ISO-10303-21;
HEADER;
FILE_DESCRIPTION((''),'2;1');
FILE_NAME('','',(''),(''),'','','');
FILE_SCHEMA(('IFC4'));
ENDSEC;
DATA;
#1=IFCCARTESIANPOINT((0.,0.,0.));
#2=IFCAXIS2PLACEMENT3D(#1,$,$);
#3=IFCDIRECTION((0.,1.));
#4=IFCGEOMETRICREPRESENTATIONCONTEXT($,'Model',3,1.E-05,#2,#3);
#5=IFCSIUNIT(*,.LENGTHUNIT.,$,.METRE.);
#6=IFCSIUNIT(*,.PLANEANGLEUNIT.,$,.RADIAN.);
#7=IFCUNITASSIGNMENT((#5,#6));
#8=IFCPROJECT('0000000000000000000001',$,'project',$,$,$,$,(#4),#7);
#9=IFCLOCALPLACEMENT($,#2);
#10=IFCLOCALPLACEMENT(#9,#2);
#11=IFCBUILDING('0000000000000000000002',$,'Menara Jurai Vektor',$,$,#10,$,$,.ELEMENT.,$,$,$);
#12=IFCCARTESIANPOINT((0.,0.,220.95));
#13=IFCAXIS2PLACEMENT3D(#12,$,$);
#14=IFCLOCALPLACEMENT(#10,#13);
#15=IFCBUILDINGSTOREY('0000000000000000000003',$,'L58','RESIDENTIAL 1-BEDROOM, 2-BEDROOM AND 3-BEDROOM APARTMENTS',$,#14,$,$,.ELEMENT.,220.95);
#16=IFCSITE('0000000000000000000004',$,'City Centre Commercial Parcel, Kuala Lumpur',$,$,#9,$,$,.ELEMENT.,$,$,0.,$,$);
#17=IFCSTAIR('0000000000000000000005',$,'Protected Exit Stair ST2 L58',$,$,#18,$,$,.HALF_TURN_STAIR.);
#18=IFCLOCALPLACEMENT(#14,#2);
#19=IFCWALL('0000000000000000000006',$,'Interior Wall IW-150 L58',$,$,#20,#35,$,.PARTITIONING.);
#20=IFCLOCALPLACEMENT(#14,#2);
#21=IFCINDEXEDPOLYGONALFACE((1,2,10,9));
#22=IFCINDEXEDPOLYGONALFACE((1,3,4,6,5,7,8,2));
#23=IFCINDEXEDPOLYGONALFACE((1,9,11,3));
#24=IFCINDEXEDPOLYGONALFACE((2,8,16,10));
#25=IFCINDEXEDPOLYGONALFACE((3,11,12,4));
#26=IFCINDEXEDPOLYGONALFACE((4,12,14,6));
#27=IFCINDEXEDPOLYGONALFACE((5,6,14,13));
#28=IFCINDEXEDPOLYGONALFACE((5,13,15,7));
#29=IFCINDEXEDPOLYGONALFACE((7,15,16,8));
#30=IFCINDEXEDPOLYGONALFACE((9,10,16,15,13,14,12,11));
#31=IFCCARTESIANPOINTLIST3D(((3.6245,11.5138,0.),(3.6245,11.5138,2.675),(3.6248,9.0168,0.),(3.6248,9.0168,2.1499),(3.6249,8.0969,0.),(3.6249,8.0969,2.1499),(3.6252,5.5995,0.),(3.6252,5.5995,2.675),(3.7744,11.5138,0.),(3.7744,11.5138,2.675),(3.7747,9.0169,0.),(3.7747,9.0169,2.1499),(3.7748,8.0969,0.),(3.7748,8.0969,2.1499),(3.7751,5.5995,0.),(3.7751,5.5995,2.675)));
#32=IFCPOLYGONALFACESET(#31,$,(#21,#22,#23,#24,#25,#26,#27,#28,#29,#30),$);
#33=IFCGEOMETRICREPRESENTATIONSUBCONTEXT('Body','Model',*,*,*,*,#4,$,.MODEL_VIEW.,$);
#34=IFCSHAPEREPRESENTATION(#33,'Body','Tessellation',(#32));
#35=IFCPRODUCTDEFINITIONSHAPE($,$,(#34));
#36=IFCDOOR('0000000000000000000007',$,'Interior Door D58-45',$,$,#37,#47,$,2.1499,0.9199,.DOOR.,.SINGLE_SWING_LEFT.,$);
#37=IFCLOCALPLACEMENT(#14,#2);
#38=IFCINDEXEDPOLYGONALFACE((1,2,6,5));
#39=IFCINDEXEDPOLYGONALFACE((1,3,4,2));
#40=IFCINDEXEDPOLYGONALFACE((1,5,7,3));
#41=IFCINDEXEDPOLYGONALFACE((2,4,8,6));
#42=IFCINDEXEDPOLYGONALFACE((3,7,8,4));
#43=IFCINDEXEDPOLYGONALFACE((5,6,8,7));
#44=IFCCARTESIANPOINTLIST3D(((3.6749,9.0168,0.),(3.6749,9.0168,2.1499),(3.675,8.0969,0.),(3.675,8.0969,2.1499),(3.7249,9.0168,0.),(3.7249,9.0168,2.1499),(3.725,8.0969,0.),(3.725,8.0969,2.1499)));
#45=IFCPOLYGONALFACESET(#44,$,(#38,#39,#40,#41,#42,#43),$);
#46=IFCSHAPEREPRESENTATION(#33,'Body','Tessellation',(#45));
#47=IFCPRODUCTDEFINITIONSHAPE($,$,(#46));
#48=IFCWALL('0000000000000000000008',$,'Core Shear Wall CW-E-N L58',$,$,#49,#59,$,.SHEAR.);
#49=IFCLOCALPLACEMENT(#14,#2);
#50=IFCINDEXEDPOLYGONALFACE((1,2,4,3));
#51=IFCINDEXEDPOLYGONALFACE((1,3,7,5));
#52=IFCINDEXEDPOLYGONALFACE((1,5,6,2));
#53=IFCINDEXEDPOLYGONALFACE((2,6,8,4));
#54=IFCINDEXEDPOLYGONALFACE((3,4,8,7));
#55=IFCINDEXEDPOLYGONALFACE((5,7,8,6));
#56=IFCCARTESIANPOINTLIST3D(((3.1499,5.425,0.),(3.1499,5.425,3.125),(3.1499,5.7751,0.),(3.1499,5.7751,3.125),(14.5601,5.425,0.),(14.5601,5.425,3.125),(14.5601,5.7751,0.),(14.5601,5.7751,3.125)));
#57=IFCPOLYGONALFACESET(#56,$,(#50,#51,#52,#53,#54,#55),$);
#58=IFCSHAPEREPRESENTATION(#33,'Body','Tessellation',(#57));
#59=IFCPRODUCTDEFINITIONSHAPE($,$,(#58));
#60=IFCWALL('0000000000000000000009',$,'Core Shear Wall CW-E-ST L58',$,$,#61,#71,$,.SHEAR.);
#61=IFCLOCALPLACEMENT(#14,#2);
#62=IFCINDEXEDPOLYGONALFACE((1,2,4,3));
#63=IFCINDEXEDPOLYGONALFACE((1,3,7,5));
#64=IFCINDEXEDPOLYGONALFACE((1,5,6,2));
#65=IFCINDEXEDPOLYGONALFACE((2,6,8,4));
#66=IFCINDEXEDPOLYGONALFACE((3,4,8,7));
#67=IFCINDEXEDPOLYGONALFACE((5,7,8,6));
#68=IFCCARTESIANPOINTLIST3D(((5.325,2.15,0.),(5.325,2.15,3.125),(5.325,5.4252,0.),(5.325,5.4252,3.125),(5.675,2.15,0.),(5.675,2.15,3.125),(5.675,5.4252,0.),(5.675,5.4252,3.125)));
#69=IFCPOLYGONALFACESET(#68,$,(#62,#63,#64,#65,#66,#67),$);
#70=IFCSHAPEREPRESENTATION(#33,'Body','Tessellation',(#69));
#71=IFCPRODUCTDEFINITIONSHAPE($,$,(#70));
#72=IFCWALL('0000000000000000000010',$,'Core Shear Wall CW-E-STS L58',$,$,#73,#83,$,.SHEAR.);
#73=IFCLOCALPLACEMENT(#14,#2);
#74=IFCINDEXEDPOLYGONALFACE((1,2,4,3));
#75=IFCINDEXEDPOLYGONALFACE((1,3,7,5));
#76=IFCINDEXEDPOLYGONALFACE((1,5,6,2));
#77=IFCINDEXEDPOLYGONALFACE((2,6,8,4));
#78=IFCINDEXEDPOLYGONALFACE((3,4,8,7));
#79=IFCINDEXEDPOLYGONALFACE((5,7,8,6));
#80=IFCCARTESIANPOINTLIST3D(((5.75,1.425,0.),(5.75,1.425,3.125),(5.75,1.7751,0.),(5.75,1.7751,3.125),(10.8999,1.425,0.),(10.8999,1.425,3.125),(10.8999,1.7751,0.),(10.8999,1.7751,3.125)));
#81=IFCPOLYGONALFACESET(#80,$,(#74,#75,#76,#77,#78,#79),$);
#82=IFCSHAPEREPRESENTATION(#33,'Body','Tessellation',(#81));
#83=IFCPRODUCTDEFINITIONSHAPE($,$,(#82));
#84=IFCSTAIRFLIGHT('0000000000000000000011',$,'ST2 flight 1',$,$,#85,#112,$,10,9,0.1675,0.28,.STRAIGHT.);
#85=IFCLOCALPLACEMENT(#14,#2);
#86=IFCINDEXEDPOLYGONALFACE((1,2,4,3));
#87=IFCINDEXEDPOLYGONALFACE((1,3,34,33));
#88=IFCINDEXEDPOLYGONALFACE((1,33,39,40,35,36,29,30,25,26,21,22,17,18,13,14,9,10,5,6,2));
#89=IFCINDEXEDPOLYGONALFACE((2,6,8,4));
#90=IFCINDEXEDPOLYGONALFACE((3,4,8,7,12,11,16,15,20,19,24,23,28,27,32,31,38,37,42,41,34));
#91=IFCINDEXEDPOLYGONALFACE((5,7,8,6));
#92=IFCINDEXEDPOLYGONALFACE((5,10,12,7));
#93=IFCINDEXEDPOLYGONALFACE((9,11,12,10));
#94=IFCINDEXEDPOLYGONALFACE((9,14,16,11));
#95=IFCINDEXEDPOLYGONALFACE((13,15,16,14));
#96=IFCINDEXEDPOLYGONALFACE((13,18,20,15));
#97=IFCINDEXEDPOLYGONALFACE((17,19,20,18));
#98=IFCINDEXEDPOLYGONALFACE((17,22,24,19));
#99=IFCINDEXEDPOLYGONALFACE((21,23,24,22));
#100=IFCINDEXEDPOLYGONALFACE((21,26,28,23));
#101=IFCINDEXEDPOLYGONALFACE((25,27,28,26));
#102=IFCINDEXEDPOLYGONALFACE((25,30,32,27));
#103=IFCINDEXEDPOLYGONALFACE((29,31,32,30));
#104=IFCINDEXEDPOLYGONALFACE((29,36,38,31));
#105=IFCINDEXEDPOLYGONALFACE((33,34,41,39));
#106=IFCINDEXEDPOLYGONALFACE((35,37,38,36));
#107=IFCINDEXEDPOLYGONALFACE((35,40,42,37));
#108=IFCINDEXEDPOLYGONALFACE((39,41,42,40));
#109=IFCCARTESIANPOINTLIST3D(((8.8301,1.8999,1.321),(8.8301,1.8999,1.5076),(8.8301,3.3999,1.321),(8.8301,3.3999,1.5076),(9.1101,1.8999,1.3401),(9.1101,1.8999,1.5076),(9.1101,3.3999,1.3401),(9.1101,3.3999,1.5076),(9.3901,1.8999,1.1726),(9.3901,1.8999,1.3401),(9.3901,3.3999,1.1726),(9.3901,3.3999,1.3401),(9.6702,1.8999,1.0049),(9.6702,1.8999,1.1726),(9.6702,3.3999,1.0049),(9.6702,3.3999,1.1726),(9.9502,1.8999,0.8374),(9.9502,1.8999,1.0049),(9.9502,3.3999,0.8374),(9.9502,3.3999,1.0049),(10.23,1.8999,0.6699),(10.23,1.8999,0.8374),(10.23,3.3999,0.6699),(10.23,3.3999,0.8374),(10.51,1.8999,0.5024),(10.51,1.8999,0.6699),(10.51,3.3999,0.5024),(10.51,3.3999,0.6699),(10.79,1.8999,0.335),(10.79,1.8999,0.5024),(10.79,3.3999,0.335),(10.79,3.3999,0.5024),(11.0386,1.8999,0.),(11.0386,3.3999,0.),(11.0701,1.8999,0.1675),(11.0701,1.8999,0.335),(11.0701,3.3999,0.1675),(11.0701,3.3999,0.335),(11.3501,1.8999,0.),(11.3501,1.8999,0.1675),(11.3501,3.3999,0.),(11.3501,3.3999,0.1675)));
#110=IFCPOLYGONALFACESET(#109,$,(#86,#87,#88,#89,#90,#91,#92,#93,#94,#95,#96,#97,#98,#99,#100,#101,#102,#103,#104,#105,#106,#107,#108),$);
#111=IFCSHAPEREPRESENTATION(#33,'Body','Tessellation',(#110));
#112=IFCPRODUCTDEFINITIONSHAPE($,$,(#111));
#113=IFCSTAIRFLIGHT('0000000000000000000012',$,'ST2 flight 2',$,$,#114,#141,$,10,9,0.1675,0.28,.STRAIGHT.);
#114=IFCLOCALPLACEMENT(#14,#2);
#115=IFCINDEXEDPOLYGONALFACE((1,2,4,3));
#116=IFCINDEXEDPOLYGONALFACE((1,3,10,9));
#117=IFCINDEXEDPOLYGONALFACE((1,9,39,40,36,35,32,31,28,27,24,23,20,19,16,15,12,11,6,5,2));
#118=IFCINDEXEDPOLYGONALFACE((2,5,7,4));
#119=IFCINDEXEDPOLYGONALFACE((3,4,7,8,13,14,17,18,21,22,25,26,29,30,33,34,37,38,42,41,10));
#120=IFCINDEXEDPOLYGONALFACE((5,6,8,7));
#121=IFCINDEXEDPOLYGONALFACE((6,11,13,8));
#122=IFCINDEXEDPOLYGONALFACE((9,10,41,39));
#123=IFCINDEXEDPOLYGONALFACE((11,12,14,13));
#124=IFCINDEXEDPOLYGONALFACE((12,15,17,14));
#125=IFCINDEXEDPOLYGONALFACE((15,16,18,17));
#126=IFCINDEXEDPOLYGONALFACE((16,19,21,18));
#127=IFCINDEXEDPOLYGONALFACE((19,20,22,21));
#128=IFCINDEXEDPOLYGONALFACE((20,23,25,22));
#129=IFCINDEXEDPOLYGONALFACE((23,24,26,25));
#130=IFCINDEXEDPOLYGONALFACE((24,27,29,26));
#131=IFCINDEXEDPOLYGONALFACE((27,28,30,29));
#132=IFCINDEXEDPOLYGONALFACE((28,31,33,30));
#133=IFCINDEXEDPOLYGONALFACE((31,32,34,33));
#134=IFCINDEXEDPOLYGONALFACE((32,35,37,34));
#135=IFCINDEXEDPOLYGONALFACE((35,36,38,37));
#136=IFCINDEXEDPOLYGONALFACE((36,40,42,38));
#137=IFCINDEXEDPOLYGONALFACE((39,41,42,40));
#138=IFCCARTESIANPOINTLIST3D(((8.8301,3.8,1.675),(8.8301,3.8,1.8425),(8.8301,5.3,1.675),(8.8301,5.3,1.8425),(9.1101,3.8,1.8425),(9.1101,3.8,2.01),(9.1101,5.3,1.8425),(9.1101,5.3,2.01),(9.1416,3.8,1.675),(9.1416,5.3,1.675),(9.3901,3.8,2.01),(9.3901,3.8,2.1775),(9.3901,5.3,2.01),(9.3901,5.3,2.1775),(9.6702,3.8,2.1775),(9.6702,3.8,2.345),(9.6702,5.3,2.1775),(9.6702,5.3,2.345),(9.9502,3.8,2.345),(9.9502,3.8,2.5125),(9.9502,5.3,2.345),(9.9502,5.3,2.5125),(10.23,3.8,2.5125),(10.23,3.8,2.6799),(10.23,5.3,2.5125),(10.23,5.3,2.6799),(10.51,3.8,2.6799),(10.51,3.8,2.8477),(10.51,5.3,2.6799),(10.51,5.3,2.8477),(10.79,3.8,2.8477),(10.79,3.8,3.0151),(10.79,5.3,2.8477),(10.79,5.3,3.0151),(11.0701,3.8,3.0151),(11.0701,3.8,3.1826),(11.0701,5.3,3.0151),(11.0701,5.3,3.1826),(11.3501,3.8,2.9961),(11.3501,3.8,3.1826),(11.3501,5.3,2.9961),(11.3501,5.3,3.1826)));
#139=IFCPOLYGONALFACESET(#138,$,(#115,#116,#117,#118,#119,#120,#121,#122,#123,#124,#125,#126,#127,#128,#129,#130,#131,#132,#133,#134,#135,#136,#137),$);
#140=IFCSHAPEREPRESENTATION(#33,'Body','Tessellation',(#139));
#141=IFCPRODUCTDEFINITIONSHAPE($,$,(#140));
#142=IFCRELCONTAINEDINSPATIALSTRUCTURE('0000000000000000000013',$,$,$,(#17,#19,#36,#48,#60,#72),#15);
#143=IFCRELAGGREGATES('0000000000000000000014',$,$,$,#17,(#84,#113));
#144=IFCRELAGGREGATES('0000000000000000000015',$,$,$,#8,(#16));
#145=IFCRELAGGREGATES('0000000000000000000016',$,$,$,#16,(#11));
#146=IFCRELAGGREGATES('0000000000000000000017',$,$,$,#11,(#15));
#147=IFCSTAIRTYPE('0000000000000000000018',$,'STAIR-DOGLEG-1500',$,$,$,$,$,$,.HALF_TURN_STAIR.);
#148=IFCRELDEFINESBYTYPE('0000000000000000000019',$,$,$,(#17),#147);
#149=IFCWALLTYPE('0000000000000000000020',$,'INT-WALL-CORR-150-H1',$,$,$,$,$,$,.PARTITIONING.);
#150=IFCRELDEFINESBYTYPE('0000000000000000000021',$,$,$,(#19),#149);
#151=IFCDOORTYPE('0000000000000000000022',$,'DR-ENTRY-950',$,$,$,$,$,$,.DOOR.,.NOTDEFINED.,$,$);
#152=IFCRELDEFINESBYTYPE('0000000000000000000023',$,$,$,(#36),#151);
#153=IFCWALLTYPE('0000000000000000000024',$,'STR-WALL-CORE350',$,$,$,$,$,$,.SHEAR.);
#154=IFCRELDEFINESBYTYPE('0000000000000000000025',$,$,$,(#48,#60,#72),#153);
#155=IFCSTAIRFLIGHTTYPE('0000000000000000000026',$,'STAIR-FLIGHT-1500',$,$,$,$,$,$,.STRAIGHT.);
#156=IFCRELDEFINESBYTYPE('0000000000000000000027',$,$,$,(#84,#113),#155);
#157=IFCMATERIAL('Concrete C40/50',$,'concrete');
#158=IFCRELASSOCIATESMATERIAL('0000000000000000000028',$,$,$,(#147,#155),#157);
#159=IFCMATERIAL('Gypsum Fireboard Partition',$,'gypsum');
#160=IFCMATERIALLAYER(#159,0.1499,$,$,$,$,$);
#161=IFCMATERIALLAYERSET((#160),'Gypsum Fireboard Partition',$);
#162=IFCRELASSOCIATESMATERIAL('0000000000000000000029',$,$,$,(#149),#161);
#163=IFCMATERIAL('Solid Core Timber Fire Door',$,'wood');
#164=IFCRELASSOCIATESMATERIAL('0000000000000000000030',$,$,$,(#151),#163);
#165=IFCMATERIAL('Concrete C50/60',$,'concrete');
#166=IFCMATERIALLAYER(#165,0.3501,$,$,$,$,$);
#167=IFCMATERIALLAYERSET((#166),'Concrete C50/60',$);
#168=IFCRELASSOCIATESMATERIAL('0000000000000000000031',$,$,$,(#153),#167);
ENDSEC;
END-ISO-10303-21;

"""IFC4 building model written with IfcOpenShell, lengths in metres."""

from ifc_helpers import new_model, si_unit, direction, frame, frame_2d, origin, place, context, subcontext, project, spatial, polyline, rectangle, outline, extrude, material, layer, layer_set, type_object, element, fill, aggregate, save


model = new_model("IFC4")

# Units and contexts
model_context = context("Model", 3, precision=1e-05, world=origin(), true_north=direction((0.0, 1.0)))
body_context = subcontext(model_context, "Body", "Model", "MODEL_VIEW")
ifc_project = project(units=[si_unit("LENGTHUNIT", "METRE"), si_unit("PLANEANGLEUNIT", "RADIAN")], contexts=[model_context])

# Site, building, storey
site_placement = place(None, origin())
site = spatial("IfcSite", under=ifc_project, at=site_placement, Name="City Centre Commercial Parcel, Kuala Lumpur", CompositionType="ELEMENT", RefElevation=0.0)
building_placement = place(site_placement, origin())
building = spatial("IfcBuilding", under=site, at=building_placement, Name="Menara Jurai Vektor", CompositionType="ELEMENT")
storey_placement = place(building_placement, frame((0.0, 0.0, 220.95)))
storey = spatial("IfcBuildingStorey", under=building, at=storey_placement, Name="L58", Description="RESIDENTIAL 1-BEDROOM, 2-BEDROOM AND 3-BEDROOM APARTMENTS", CompositionType="ELEMENT", Elevation=220.95)

# Shared definitions
ifc_material_1 = material(Name="Concrete C50/60", Category="concrete")

# Stair
ifc_material_2 = material(Name="Concrete C40/50", Category="concrete")
stair_type = type_object("IfcStairType", Name="STAIR-DOGLEG-1500", PredefinedType="HALF_TURN_STAIR", material=ifc_material_2)
stair_1_placement = place(storey_placement, origin())
stair_1 = element("IfcStair", 1, at=stair_1_placement, inside=storey, type_object=stair_type, Name="Protected Exit Stair ST2 L58", PredefinedType="HALF_TURN_STAIR")

# Shared definitions
ifc_material_3 = material(Name="Gypsum Fireboard Partition", Category="gypsum")

# Wall, opening, door
ifc_layer_1 = layer(ifc_material_3, 0.1499)
ifc_layer_set_1 = layer_set([ifc_layer_1], Name="Gypsum Fireboard Partition")
wall_type_1 = type_object("IfcWallType", Name="INT-WALL-CORR-150-H1", PredefinedType="PARTITIONING", material=ifc_layer_set_1)
wall_1_placement = place(storey_placement, frame((3.7002, 5.5996, 0.0), z_axis=(0.0, 0.0, 1.0), x_axis=(-0.000124, 1.0, 0.0)))
wall_1 = element("IfcWall", 2, at=wall_1_placement, inside=storey, type_object=wall_type_1, Name="Interior Wall IW-150 L58", PredefinedType="PARTITIONING", context=body_context, shape_type="SweptSolid", body=[
    extrude(rectangle(XDim=5.9143, YDim=0.1499, at=frame_2d((2.957, 0.0))), origin(), (0.0, 0.0, 1.0), 2.675),
])
opening_1_placement = place(wall_1_placement, frame((2.4973, 0.0, 0.0)))
opening_1 = element("IfcOpeningElement", 3, at=opening_1_placement, cuts=wall_1, PredefinedType="OPENING", context=body_context, shape_type="SweptSolid", body=[
    extrude(rectangle(XDim=0.9199, YDim=2.1499, at=frame_2d((0.46, 1.075))), frame((0.0, 0.085, 0.0), z_axis=(0.0, -1.0, 0.0), x_axis=(1.0, 0.0, 0.0)), (0.0, 0.0, 1.0), 0.1699),
])
ifc_material_4 = material(Name="Solid Core Timber Fire Door", Category="wood")
door_type_1 = type_object("IfcDoorType", Name="DR-ENTRY-950", OperationType="NOTDEFINED", PredefinedType="DOOR", material=ifc_material_4)
door_1_placement = place(opening_1_placement, origin())
door_1 = element("IfcDoor", 4, at=door_1_placement, inside=storey, type_object=door_type_1, Name="Interior Door D58-45", OperationType="SINGLE_SWING_LEFT", OverallHeight=2.1499, OverallWidth=0.9199, PredefinedType="DOOR", context=body_context, shape_type="SweptSolid", body=[
    extrude(rectangle(XDim=0.9199, YDim=2.1499, at=frame_2d((0.46, 1.075))), frame((0.0, 0.0249, 0.0), z_axis=(0.0, -1.0, 0.0), x_axis=(1.0, 0.0, 0.0)), (0.0, 0.0, 1.0), 0.05),
])
fill(opening_1, door_1)

# Walls
ifc_layer_2 = layer(ifc_material_1, 0.3501)
ifc_layer_set_2 = layer_set([ifc_layer_2], Name="Concrete C50/60")
wall_type_2 = type_object("IfcWallType", Name="STR-WALL-CORE350", PredefinedType="SHEAR", material=ifc_layer_set_2)
wall_2_placement = place(storey_placement, frame((3.1499, 5.6001, 0.0), z_axis=(0.0, 0.0, 1.0), x_axis=(1.0, 0.0, 0.0)))
element("IfcWall", 5, at=wall_2_placement, inside=storey, type_object=wall_type_2, Name="Core Shear Wall CW-E-N L58", PredefinedType="SHEAR", context=body_context, shape_type="SweptSolid", body=[
    extrude(rectangle(XDim=11.4102, YDim=0.3501, at=frame_2d((5.7051, 0.0))), origin(), (0.0, 0.0, 1.0), 3.125),
])
wall_3_placement = place(storey_placement, frame((5.5, 2.1499, 0.0), z_axis=(0.0, 0.0, 1.0), x_axis=(0.0, 1.0, 0.0)))
element("IfcWall", 6, at=wall_3_placement, inside=storey, type_object=wall_type_2, Name="Core Shear Wall CW-E-ST L58", PredefinedType="SHEAR", context=body_context, shape_type="SweptSolid", body=[
    extrude(rectangle(XDim=3.2751, YDim=0.3501, at=frame_2d((1.6377, 0.0))), origin(), (0.0, 0.0, 1.0), 3.125),
])
wall_4_placement = place(storey_placement, frame((5.75, 1.6001, 0.0), z_axis=(0.0, 0.0, 1.0), x_axis=(1.0, 0.0, 0.0)))
element("IfcWall", 7, at=wall_4_placement, inside=storey, type_object=wall_type_2, Name="Core Shear Wall CW-E-STS L58", PredefinedType="SHEAR", context=body_context, shape_type="SweptSolid", body=[
    extrude(rectangle(XDim=5.1499, YDim=0.3501, at=frame_2d((2.575, 0.0))), origin(), (0.0, 0.0, 1.0), 3.125),
])

# Stair flights
stair_flight_type = type_object("IfcStairFlightType", Name="STAIR-FLIGHT-1500", PredefinedType="STRAIGHT", material=ifc_material_2)
stair_flight_1_placement = place(storey_placement, frame((11.3501, 2.6499, 0.0), z_axis=(0.0, 0.0, 1.0), x_axis=(-1.0, 0.0, 0.0)))
stair_flight_1 = element("IfcStairFlight", 8, at=stair_flight_1_placement, type_object=stair_flight_type, Name="ST2 flight 1", NumberOfRisers=10, NumberOfTreads=9, PredefinedType="STRAIGHT", RiserHeight=0.1675, TreadLength=0.28, context=body_context, shape_type="SweptSolid", body=[
    extrude(outline(polyline([(0.0, 0.0), (0.0, 0.1675), (0.28, 0.1675), (0.28, 0.335), (0.5601, 0.335), (0.5601, 0.5024), (0.8401, 0.5024), (0.8401, 0.6699), (1.1201, 0.6699), (1.1201, 0.8374), (1.3999, 0.8374), (1.3999, 1.0049), (1.6799, 1.0049), (1.6799, 1.1726), (1.96, 1.1726), (1.96, 1.3401), (2.24, 1.3401), (2.24, 1.5076), (2.52, 1.5076), (2.52, 1.675), (2.52, 1.321), (0.3115, 0.0), (0.0, 0.0)])), frame((0.0, 0.75, 0.0), z_axis=(0.0, -1.0, 0.0), x_axis=(1.0, 0.0, 0.0)), (0.0, 0.0, 1.0), 1.5),
])
stair_flight_2_placement = place(storey_placement, frame((8.8301, 4.55, 1.675), z_axis=(0.0, 0.0, 1.0), x_axis=(1.0, 0.0, 0.0)))
stair_flight_2 = element("IfcStairFlight", 9, at=stair_flight_2_placement, type_object=stair_flight_type, Name="ST2 flight 2", NumberOfRisers=10, NumberOfTreads=9, PredefinedType="STRAIGHT", RiserHeight=0.1675, TreadLength=0.28, context=body_context, shape_type="SweptSolid", body=[
    extrude(outline(polyline([(0.0, 0.0), (0.0, 0.1675), (0.28, 0.1675), (0.28, 0.335), (0.5601, 0.335), (0.5601, 0.5024), (0.8401, 0.5024), (0.8401, 0.6699), (1.1201, 0.6699), (1.1201, 0.8374), (1.3999, 0.8374), (1.3999, 1.0049), (1.6799, 1.0049), (1.6799, 1.1726), (1.96, 1.1726), (1.96, 1.3401), (2.24, 1.3401), (2.24, 1.5076), (2.52, 1.5076), (2.52, 1.675), (2.52, 1.321), (0.3115, 0.0), (0.0, 0.0)])), frame((0.0, 0.75, 0.0), z_axis=(0.0, -1.0, 0.0), x_axis=(1.0, 0.0, 0.0)), (0.0, 0.0, 1.0), 1.5),
])
aggregate(stair_1, [stair_flight_1, stair_flight_2])

save(model, "model.ifc")
